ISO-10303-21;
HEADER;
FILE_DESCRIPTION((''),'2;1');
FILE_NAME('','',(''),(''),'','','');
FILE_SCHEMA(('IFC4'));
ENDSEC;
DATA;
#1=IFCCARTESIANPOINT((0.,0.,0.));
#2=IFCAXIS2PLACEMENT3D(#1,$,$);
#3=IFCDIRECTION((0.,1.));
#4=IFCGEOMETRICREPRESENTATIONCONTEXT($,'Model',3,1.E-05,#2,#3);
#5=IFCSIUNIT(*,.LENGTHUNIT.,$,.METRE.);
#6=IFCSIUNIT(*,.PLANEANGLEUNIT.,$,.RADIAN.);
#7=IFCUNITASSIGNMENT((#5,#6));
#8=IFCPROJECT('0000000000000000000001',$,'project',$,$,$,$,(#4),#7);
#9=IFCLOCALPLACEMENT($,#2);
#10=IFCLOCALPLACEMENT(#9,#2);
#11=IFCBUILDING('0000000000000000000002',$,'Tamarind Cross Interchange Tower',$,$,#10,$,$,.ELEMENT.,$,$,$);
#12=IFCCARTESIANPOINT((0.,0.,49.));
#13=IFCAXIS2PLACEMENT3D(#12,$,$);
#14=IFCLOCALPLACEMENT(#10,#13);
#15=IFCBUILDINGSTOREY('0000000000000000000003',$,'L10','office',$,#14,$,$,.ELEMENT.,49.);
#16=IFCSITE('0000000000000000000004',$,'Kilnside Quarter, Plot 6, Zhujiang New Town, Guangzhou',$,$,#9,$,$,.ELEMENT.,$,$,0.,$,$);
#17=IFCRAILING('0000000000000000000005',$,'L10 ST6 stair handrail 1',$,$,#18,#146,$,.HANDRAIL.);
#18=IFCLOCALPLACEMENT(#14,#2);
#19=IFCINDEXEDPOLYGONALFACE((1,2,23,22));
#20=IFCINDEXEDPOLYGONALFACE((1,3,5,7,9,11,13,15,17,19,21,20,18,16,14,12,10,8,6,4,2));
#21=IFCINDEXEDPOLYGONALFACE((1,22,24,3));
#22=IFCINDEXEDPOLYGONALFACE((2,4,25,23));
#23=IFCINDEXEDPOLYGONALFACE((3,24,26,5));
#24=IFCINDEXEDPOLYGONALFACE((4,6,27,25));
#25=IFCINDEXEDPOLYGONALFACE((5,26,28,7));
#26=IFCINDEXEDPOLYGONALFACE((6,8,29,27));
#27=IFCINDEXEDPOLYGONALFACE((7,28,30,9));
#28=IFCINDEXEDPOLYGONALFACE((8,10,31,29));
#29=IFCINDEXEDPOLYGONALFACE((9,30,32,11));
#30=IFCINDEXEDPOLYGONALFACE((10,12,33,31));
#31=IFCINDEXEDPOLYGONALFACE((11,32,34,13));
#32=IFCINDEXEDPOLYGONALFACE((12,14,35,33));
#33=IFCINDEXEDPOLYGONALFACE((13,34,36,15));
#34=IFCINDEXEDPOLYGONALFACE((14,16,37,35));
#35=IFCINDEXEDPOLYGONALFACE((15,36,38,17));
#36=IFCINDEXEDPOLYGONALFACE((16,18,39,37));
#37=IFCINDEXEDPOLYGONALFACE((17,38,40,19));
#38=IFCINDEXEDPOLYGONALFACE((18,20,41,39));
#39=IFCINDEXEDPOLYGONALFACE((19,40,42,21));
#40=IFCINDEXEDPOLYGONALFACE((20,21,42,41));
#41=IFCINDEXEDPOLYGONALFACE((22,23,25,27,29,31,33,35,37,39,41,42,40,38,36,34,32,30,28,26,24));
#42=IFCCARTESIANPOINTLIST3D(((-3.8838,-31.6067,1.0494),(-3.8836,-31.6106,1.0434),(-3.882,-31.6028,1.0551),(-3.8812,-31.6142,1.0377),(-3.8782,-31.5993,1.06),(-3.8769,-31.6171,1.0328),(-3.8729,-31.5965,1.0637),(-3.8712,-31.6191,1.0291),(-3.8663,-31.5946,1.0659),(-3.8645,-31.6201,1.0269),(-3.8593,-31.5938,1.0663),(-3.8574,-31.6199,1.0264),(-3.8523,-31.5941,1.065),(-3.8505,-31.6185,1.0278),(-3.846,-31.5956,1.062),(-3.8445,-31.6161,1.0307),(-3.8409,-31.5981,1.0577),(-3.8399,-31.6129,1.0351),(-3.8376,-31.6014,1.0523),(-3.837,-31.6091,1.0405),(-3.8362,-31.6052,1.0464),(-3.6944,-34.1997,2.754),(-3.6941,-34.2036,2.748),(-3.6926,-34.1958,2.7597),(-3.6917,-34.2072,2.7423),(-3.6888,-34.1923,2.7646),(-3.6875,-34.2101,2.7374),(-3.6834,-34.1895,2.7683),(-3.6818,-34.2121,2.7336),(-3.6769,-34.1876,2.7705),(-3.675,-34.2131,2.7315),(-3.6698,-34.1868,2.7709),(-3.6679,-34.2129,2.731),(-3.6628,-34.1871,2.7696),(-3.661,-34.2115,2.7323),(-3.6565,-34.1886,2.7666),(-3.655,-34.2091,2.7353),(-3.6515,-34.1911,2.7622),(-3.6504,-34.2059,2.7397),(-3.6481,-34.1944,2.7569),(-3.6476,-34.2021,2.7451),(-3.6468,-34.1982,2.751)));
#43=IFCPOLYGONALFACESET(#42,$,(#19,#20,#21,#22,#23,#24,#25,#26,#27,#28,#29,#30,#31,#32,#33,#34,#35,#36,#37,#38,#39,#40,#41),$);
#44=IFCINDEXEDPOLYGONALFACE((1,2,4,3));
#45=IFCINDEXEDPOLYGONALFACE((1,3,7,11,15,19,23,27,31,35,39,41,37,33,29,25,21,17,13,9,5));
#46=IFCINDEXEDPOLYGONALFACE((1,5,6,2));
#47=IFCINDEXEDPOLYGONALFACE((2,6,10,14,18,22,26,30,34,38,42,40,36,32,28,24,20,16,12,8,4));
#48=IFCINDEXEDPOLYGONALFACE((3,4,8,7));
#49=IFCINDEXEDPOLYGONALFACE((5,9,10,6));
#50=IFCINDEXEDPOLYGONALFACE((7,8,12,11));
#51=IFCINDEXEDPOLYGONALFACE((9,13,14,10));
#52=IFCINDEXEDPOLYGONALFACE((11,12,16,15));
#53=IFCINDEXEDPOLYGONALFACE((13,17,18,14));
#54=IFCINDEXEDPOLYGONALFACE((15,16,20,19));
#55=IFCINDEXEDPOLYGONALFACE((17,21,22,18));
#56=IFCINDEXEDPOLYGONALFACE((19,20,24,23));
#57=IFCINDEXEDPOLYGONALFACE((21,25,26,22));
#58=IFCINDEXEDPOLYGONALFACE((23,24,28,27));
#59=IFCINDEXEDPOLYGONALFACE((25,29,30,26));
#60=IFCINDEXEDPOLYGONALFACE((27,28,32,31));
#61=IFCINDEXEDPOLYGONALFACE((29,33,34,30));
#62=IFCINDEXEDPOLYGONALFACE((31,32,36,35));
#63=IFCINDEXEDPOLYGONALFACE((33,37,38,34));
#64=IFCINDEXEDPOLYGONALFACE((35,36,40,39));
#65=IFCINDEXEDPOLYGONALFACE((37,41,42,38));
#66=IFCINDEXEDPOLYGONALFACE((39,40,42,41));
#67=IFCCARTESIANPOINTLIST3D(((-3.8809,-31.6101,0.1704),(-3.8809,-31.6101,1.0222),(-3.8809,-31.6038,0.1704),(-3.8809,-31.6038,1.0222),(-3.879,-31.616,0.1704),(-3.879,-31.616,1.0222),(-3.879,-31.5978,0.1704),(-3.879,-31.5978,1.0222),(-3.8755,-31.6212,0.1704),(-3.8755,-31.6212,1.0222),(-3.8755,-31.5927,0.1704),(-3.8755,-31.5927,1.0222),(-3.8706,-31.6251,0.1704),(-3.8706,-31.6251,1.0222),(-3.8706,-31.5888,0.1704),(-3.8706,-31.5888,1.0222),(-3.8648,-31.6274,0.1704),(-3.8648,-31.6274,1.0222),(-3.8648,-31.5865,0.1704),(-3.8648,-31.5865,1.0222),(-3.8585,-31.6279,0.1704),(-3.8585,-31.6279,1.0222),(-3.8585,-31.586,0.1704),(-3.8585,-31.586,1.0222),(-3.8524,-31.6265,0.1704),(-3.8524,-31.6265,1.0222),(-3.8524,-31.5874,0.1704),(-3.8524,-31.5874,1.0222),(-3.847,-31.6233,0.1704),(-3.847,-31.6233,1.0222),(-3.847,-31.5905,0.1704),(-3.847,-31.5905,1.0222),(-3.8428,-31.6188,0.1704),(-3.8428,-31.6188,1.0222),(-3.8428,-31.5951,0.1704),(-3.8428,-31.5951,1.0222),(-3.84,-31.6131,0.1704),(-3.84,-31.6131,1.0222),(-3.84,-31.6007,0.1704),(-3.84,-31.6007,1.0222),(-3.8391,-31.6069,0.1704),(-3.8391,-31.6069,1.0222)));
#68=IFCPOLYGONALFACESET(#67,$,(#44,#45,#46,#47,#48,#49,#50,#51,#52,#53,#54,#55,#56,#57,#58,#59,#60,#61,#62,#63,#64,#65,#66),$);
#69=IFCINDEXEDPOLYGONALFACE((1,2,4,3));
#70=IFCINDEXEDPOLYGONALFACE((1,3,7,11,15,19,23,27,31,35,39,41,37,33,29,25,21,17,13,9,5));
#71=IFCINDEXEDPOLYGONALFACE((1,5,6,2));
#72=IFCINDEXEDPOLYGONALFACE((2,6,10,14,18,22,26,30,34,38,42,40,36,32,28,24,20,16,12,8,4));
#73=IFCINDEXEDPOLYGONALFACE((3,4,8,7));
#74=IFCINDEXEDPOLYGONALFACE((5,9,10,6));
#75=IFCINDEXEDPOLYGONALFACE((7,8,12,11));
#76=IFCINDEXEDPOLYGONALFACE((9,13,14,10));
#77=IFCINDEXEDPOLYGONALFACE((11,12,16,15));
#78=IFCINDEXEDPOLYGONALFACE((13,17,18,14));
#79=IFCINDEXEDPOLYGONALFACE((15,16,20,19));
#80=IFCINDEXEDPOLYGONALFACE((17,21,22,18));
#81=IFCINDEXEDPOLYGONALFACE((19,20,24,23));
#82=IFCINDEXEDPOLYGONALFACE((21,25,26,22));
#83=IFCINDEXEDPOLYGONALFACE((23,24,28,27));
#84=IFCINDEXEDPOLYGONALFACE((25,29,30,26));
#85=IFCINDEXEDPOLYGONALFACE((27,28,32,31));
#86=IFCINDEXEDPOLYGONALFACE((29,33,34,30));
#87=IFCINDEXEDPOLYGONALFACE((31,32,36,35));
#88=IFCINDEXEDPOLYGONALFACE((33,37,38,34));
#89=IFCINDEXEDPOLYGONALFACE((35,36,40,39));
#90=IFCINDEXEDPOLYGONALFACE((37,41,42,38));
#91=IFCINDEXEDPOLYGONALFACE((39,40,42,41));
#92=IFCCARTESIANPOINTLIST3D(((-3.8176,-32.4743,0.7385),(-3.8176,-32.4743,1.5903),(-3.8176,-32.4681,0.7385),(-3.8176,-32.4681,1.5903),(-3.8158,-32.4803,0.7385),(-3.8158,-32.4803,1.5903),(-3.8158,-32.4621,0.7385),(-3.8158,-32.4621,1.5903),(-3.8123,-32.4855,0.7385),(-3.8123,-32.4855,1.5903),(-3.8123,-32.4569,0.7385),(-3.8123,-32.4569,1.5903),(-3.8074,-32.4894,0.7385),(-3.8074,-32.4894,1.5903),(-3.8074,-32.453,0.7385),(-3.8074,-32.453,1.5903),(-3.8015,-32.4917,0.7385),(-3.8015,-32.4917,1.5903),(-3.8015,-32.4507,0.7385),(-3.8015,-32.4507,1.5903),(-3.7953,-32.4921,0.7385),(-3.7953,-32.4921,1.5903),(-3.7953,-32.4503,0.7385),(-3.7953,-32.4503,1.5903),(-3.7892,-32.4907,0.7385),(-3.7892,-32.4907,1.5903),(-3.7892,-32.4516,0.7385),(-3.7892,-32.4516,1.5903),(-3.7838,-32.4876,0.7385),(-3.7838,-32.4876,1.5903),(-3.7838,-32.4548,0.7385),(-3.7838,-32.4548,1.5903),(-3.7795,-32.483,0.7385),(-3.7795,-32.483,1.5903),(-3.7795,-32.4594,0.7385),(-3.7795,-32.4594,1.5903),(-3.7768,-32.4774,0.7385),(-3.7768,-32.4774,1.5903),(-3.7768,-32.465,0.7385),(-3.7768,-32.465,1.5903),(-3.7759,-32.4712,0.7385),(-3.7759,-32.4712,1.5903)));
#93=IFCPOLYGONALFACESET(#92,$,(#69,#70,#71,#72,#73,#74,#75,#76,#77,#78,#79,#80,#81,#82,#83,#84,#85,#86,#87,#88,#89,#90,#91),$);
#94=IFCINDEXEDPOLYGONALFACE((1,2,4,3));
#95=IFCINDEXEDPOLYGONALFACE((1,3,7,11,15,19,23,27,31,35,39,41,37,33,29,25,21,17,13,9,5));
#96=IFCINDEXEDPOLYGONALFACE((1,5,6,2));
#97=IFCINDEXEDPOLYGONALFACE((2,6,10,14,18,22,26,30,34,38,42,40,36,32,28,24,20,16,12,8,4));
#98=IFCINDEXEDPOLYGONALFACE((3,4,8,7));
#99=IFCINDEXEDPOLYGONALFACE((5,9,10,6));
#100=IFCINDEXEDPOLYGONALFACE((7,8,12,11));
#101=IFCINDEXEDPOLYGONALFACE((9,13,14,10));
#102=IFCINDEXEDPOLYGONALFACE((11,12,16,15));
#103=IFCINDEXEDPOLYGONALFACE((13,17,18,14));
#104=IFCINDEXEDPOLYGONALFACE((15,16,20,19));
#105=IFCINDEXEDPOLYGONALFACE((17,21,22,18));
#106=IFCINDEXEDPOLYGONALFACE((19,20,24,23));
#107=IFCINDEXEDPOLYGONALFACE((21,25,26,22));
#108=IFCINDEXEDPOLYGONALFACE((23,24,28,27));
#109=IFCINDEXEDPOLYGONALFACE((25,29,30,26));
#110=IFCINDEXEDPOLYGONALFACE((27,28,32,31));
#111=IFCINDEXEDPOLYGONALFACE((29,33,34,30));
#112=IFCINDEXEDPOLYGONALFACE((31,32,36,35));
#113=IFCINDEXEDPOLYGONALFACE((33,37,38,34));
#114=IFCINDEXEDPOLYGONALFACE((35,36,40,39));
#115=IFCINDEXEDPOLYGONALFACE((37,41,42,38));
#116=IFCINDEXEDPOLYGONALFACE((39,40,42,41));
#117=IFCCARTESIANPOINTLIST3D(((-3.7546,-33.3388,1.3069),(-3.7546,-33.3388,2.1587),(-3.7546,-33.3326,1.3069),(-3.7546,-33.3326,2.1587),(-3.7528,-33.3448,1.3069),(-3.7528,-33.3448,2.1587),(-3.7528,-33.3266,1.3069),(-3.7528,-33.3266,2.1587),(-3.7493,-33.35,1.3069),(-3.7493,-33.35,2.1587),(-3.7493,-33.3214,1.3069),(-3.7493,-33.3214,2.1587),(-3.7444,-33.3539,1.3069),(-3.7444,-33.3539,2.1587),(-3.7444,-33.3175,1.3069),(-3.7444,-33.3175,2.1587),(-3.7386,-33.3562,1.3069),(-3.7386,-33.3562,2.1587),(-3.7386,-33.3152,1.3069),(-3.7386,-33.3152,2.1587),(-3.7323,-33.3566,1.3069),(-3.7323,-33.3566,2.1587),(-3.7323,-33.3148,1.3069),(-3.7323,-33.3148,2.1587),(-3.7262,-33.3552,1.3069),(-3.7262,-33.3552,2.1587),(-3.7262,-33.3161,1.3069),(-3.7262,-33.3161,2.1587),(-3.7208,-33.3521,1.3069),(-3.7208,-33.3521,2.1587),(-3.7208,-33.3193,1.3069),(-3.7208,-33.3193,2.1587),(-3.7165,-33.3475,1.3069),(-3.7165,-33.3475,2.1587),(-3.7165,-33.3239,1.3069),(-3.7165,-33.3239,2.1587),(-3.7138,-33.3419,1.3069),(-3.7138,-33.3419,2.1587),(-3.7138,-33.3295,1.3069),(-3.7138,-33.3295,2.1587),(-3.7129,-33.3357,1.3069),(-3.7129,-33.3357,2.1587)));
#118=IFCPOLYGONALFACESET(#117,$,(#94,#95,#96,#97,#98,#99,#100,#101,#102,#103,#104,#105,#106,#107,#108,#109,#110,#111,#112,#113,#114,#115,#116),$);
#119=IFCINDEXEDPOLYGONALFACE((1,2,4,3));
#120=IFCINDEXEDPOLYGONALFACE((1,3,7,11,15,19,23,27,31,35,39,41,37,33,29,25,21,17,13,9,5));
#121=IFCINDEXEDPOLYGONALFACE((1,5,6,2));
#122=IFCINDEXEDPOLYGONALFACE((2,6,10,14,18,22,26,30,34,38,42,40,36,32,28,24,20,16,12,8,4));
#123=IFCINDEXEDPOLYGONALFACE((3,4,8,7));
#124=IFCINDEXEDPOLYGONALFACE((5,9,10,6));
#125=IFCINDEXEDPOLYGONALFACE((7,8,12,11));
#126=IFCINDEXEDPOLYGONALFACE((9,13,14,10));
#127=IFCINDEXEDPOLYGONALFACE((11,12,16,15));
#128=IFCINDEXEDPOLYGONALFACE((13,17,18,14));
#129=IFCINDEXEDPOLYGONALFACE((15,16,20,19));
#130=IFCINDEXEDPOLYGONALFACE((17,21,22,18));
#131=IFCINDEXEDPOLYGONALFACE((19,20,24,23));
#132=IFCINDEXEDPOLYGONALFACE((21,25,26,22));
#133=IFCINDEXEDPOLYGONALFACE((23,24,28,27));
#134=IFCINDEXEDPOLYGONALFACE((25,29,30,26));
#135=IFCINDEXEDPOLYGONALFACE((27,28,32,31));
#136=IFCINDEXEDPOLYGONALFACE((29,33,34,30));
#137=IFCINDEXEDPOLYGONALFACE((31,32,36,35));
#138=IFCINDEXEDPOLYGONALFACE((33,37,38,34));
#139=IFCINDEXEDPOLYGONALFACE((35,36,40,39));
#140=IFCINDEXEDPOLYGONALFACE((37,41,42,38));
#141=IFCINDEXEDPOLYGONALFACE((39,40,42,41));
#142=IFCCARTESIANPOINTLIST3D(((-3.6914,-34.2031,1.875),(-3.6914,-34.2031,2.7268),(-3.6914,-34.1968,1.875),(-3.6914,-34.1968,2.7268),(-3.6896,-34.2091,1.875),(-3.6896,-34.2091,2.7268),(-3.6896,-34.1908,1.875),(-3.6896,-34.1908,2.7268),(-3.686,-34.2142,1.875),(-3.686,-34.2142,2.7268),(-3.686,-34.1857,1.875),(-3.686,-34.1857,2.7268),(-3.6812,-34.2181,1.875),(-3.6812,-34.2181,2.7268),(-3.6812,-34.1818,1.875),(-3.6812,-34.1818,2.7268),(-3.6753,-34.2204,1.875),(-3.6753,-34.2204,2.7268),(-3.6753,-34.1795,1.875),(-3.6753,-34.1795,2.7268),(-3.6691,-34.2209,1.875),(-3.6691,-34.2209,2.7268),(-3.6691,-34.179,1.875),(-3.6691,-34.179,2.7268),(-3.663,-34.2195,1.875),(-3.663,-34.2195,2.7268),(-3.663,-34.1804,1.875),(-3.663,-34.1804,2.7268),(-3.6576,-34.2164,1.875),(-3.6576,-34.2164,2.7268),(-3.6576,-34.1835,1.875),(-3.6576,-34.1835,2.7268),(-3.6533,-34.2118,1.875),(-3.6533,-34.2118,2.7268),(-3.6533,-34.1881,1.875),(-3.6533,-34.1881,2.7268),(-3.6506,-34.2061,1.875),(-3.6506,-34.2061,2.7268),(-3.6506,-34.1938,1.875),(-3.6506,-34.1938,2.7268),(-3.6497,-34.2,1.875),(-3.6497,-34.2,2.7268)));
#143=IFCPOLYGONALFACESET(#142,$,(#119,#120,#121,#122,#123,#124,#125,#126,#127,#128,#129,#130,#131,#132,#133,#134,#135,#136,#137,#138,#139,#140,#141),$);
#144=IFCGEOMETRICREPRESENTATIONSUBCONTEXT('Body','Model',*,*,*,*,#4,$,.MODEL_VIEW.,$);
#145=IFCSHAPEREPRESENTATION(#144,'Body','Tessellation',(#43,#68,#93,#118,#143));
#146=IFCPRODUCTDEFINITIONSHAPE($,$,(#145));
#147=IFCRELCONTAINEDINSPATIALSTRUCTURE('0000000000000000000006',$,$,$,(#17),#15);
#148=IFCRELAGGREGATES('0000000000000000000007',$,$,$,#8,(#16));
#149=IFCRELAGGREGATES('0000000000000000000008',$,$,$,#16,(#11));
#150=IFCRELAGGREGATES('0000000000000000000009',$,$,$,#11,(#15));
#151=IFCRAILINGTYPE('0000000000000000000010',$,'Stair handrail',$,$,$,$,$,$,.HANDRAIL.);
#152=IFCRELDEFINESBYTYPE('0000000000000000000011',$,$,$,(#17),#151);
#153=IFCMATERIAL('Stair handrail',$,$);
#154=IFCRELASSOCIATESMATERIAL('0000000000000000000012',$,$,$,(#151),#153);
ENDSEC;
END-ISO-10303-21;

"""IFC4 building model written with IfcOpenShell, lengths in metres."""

from ifc_helpers import new_model, si_unit, direction, frame, origin, origin_2d, place, context, subcontext, project, spatial, circle, extrude, material, type_object, element, save


model = new_model("IFC4")

# Units and contexts
model_context = context("Model", 3, precision=1e-05, world=origin(), true_north=direction((0.0, 1.0)))
body_context = subcontext(model_context, "Body", "Model", "MODEL_VIEW")
ifc_project = project(units=[si_unit("LENGTHUNIT", "METRE"), si_unit("PLANEANGLEUNIT", "RADIAN")], contexts=[model_context])

# Site, building, storey
site_placement = place(None, origin())
site = spatial("IfcSite", under=ifc_project, at=site_placement, Name="Kilnside Quarter, Plot 6, Zhujiang New Town, Guangzhou", CompositionType="ELEMENT", RefElevation=0.0)
building_placement = place(site_placement, origin())
building = spatial("IfcBuilding", under=site, at=building_placement, Name="Tamarind Cross Interchange Tower", CompositionType="ELEMENT")
storey_placement = place(building_placement, frame((0.0, 0.0, 49.0)))
storey = spatial("IfcBuildingStorey", under=building, at=storey_placement, Name="L10", Description="office", CompositionType="ELEMENT", Elevation=49.0)

# Railing
ifc_material_1 = material(Name="Stair handrail")
railing_type_1 = type_object("IfcRailingType", Name="Stair handrail", PredefinedType="HANDRAIL", material=ifc_material_1)
railing_1_placement = place(storey_placement, frame((-3.8601, -31.6069, 0.1704)))
element("IfcRailing", 1, at=railing_1_placement, inside=storey, type_object=railing_type_1, Name="L10 ST6 stair handrail 1", PredefinedType="HANDRAIL", context=body_context, shape_type="SweptSolid", body=[
    extrude(circle(Radius=0.0239, at=origin_2d()), frame((0.0, 0.0, 0.876), z_axis=(0.060939, -0.834063, 0.548294), x_axis=(0.997342, 0.072869, 0.0)), (0.0, 0.0, 1.0), 3.1089),
    extrude(circle(Radius=0.021, at=origin_2d()), origin(), (0.0, 0.0, 1.0), 0.8518),
    extrude(circle(Radius=0.021, at=origin_2d()), frame((0.0632, -0.8643, 0.5681)), (0.0, 0.0, 1.0), 0.8518),
    extrude(circle(Radius=0.021, at=origin_2d()), frame((0.1262, -1.7288, 1.1365)), (0.0, 0.0, 1.0), 0.8518),
    extrude(circle(Radius=0.021, at=origin_2d()), frame((0.1895, -2.593, 1.7046)), (0.0, 0.0, 1.0), 0.8518),
])

save(model, "model.ifc")
